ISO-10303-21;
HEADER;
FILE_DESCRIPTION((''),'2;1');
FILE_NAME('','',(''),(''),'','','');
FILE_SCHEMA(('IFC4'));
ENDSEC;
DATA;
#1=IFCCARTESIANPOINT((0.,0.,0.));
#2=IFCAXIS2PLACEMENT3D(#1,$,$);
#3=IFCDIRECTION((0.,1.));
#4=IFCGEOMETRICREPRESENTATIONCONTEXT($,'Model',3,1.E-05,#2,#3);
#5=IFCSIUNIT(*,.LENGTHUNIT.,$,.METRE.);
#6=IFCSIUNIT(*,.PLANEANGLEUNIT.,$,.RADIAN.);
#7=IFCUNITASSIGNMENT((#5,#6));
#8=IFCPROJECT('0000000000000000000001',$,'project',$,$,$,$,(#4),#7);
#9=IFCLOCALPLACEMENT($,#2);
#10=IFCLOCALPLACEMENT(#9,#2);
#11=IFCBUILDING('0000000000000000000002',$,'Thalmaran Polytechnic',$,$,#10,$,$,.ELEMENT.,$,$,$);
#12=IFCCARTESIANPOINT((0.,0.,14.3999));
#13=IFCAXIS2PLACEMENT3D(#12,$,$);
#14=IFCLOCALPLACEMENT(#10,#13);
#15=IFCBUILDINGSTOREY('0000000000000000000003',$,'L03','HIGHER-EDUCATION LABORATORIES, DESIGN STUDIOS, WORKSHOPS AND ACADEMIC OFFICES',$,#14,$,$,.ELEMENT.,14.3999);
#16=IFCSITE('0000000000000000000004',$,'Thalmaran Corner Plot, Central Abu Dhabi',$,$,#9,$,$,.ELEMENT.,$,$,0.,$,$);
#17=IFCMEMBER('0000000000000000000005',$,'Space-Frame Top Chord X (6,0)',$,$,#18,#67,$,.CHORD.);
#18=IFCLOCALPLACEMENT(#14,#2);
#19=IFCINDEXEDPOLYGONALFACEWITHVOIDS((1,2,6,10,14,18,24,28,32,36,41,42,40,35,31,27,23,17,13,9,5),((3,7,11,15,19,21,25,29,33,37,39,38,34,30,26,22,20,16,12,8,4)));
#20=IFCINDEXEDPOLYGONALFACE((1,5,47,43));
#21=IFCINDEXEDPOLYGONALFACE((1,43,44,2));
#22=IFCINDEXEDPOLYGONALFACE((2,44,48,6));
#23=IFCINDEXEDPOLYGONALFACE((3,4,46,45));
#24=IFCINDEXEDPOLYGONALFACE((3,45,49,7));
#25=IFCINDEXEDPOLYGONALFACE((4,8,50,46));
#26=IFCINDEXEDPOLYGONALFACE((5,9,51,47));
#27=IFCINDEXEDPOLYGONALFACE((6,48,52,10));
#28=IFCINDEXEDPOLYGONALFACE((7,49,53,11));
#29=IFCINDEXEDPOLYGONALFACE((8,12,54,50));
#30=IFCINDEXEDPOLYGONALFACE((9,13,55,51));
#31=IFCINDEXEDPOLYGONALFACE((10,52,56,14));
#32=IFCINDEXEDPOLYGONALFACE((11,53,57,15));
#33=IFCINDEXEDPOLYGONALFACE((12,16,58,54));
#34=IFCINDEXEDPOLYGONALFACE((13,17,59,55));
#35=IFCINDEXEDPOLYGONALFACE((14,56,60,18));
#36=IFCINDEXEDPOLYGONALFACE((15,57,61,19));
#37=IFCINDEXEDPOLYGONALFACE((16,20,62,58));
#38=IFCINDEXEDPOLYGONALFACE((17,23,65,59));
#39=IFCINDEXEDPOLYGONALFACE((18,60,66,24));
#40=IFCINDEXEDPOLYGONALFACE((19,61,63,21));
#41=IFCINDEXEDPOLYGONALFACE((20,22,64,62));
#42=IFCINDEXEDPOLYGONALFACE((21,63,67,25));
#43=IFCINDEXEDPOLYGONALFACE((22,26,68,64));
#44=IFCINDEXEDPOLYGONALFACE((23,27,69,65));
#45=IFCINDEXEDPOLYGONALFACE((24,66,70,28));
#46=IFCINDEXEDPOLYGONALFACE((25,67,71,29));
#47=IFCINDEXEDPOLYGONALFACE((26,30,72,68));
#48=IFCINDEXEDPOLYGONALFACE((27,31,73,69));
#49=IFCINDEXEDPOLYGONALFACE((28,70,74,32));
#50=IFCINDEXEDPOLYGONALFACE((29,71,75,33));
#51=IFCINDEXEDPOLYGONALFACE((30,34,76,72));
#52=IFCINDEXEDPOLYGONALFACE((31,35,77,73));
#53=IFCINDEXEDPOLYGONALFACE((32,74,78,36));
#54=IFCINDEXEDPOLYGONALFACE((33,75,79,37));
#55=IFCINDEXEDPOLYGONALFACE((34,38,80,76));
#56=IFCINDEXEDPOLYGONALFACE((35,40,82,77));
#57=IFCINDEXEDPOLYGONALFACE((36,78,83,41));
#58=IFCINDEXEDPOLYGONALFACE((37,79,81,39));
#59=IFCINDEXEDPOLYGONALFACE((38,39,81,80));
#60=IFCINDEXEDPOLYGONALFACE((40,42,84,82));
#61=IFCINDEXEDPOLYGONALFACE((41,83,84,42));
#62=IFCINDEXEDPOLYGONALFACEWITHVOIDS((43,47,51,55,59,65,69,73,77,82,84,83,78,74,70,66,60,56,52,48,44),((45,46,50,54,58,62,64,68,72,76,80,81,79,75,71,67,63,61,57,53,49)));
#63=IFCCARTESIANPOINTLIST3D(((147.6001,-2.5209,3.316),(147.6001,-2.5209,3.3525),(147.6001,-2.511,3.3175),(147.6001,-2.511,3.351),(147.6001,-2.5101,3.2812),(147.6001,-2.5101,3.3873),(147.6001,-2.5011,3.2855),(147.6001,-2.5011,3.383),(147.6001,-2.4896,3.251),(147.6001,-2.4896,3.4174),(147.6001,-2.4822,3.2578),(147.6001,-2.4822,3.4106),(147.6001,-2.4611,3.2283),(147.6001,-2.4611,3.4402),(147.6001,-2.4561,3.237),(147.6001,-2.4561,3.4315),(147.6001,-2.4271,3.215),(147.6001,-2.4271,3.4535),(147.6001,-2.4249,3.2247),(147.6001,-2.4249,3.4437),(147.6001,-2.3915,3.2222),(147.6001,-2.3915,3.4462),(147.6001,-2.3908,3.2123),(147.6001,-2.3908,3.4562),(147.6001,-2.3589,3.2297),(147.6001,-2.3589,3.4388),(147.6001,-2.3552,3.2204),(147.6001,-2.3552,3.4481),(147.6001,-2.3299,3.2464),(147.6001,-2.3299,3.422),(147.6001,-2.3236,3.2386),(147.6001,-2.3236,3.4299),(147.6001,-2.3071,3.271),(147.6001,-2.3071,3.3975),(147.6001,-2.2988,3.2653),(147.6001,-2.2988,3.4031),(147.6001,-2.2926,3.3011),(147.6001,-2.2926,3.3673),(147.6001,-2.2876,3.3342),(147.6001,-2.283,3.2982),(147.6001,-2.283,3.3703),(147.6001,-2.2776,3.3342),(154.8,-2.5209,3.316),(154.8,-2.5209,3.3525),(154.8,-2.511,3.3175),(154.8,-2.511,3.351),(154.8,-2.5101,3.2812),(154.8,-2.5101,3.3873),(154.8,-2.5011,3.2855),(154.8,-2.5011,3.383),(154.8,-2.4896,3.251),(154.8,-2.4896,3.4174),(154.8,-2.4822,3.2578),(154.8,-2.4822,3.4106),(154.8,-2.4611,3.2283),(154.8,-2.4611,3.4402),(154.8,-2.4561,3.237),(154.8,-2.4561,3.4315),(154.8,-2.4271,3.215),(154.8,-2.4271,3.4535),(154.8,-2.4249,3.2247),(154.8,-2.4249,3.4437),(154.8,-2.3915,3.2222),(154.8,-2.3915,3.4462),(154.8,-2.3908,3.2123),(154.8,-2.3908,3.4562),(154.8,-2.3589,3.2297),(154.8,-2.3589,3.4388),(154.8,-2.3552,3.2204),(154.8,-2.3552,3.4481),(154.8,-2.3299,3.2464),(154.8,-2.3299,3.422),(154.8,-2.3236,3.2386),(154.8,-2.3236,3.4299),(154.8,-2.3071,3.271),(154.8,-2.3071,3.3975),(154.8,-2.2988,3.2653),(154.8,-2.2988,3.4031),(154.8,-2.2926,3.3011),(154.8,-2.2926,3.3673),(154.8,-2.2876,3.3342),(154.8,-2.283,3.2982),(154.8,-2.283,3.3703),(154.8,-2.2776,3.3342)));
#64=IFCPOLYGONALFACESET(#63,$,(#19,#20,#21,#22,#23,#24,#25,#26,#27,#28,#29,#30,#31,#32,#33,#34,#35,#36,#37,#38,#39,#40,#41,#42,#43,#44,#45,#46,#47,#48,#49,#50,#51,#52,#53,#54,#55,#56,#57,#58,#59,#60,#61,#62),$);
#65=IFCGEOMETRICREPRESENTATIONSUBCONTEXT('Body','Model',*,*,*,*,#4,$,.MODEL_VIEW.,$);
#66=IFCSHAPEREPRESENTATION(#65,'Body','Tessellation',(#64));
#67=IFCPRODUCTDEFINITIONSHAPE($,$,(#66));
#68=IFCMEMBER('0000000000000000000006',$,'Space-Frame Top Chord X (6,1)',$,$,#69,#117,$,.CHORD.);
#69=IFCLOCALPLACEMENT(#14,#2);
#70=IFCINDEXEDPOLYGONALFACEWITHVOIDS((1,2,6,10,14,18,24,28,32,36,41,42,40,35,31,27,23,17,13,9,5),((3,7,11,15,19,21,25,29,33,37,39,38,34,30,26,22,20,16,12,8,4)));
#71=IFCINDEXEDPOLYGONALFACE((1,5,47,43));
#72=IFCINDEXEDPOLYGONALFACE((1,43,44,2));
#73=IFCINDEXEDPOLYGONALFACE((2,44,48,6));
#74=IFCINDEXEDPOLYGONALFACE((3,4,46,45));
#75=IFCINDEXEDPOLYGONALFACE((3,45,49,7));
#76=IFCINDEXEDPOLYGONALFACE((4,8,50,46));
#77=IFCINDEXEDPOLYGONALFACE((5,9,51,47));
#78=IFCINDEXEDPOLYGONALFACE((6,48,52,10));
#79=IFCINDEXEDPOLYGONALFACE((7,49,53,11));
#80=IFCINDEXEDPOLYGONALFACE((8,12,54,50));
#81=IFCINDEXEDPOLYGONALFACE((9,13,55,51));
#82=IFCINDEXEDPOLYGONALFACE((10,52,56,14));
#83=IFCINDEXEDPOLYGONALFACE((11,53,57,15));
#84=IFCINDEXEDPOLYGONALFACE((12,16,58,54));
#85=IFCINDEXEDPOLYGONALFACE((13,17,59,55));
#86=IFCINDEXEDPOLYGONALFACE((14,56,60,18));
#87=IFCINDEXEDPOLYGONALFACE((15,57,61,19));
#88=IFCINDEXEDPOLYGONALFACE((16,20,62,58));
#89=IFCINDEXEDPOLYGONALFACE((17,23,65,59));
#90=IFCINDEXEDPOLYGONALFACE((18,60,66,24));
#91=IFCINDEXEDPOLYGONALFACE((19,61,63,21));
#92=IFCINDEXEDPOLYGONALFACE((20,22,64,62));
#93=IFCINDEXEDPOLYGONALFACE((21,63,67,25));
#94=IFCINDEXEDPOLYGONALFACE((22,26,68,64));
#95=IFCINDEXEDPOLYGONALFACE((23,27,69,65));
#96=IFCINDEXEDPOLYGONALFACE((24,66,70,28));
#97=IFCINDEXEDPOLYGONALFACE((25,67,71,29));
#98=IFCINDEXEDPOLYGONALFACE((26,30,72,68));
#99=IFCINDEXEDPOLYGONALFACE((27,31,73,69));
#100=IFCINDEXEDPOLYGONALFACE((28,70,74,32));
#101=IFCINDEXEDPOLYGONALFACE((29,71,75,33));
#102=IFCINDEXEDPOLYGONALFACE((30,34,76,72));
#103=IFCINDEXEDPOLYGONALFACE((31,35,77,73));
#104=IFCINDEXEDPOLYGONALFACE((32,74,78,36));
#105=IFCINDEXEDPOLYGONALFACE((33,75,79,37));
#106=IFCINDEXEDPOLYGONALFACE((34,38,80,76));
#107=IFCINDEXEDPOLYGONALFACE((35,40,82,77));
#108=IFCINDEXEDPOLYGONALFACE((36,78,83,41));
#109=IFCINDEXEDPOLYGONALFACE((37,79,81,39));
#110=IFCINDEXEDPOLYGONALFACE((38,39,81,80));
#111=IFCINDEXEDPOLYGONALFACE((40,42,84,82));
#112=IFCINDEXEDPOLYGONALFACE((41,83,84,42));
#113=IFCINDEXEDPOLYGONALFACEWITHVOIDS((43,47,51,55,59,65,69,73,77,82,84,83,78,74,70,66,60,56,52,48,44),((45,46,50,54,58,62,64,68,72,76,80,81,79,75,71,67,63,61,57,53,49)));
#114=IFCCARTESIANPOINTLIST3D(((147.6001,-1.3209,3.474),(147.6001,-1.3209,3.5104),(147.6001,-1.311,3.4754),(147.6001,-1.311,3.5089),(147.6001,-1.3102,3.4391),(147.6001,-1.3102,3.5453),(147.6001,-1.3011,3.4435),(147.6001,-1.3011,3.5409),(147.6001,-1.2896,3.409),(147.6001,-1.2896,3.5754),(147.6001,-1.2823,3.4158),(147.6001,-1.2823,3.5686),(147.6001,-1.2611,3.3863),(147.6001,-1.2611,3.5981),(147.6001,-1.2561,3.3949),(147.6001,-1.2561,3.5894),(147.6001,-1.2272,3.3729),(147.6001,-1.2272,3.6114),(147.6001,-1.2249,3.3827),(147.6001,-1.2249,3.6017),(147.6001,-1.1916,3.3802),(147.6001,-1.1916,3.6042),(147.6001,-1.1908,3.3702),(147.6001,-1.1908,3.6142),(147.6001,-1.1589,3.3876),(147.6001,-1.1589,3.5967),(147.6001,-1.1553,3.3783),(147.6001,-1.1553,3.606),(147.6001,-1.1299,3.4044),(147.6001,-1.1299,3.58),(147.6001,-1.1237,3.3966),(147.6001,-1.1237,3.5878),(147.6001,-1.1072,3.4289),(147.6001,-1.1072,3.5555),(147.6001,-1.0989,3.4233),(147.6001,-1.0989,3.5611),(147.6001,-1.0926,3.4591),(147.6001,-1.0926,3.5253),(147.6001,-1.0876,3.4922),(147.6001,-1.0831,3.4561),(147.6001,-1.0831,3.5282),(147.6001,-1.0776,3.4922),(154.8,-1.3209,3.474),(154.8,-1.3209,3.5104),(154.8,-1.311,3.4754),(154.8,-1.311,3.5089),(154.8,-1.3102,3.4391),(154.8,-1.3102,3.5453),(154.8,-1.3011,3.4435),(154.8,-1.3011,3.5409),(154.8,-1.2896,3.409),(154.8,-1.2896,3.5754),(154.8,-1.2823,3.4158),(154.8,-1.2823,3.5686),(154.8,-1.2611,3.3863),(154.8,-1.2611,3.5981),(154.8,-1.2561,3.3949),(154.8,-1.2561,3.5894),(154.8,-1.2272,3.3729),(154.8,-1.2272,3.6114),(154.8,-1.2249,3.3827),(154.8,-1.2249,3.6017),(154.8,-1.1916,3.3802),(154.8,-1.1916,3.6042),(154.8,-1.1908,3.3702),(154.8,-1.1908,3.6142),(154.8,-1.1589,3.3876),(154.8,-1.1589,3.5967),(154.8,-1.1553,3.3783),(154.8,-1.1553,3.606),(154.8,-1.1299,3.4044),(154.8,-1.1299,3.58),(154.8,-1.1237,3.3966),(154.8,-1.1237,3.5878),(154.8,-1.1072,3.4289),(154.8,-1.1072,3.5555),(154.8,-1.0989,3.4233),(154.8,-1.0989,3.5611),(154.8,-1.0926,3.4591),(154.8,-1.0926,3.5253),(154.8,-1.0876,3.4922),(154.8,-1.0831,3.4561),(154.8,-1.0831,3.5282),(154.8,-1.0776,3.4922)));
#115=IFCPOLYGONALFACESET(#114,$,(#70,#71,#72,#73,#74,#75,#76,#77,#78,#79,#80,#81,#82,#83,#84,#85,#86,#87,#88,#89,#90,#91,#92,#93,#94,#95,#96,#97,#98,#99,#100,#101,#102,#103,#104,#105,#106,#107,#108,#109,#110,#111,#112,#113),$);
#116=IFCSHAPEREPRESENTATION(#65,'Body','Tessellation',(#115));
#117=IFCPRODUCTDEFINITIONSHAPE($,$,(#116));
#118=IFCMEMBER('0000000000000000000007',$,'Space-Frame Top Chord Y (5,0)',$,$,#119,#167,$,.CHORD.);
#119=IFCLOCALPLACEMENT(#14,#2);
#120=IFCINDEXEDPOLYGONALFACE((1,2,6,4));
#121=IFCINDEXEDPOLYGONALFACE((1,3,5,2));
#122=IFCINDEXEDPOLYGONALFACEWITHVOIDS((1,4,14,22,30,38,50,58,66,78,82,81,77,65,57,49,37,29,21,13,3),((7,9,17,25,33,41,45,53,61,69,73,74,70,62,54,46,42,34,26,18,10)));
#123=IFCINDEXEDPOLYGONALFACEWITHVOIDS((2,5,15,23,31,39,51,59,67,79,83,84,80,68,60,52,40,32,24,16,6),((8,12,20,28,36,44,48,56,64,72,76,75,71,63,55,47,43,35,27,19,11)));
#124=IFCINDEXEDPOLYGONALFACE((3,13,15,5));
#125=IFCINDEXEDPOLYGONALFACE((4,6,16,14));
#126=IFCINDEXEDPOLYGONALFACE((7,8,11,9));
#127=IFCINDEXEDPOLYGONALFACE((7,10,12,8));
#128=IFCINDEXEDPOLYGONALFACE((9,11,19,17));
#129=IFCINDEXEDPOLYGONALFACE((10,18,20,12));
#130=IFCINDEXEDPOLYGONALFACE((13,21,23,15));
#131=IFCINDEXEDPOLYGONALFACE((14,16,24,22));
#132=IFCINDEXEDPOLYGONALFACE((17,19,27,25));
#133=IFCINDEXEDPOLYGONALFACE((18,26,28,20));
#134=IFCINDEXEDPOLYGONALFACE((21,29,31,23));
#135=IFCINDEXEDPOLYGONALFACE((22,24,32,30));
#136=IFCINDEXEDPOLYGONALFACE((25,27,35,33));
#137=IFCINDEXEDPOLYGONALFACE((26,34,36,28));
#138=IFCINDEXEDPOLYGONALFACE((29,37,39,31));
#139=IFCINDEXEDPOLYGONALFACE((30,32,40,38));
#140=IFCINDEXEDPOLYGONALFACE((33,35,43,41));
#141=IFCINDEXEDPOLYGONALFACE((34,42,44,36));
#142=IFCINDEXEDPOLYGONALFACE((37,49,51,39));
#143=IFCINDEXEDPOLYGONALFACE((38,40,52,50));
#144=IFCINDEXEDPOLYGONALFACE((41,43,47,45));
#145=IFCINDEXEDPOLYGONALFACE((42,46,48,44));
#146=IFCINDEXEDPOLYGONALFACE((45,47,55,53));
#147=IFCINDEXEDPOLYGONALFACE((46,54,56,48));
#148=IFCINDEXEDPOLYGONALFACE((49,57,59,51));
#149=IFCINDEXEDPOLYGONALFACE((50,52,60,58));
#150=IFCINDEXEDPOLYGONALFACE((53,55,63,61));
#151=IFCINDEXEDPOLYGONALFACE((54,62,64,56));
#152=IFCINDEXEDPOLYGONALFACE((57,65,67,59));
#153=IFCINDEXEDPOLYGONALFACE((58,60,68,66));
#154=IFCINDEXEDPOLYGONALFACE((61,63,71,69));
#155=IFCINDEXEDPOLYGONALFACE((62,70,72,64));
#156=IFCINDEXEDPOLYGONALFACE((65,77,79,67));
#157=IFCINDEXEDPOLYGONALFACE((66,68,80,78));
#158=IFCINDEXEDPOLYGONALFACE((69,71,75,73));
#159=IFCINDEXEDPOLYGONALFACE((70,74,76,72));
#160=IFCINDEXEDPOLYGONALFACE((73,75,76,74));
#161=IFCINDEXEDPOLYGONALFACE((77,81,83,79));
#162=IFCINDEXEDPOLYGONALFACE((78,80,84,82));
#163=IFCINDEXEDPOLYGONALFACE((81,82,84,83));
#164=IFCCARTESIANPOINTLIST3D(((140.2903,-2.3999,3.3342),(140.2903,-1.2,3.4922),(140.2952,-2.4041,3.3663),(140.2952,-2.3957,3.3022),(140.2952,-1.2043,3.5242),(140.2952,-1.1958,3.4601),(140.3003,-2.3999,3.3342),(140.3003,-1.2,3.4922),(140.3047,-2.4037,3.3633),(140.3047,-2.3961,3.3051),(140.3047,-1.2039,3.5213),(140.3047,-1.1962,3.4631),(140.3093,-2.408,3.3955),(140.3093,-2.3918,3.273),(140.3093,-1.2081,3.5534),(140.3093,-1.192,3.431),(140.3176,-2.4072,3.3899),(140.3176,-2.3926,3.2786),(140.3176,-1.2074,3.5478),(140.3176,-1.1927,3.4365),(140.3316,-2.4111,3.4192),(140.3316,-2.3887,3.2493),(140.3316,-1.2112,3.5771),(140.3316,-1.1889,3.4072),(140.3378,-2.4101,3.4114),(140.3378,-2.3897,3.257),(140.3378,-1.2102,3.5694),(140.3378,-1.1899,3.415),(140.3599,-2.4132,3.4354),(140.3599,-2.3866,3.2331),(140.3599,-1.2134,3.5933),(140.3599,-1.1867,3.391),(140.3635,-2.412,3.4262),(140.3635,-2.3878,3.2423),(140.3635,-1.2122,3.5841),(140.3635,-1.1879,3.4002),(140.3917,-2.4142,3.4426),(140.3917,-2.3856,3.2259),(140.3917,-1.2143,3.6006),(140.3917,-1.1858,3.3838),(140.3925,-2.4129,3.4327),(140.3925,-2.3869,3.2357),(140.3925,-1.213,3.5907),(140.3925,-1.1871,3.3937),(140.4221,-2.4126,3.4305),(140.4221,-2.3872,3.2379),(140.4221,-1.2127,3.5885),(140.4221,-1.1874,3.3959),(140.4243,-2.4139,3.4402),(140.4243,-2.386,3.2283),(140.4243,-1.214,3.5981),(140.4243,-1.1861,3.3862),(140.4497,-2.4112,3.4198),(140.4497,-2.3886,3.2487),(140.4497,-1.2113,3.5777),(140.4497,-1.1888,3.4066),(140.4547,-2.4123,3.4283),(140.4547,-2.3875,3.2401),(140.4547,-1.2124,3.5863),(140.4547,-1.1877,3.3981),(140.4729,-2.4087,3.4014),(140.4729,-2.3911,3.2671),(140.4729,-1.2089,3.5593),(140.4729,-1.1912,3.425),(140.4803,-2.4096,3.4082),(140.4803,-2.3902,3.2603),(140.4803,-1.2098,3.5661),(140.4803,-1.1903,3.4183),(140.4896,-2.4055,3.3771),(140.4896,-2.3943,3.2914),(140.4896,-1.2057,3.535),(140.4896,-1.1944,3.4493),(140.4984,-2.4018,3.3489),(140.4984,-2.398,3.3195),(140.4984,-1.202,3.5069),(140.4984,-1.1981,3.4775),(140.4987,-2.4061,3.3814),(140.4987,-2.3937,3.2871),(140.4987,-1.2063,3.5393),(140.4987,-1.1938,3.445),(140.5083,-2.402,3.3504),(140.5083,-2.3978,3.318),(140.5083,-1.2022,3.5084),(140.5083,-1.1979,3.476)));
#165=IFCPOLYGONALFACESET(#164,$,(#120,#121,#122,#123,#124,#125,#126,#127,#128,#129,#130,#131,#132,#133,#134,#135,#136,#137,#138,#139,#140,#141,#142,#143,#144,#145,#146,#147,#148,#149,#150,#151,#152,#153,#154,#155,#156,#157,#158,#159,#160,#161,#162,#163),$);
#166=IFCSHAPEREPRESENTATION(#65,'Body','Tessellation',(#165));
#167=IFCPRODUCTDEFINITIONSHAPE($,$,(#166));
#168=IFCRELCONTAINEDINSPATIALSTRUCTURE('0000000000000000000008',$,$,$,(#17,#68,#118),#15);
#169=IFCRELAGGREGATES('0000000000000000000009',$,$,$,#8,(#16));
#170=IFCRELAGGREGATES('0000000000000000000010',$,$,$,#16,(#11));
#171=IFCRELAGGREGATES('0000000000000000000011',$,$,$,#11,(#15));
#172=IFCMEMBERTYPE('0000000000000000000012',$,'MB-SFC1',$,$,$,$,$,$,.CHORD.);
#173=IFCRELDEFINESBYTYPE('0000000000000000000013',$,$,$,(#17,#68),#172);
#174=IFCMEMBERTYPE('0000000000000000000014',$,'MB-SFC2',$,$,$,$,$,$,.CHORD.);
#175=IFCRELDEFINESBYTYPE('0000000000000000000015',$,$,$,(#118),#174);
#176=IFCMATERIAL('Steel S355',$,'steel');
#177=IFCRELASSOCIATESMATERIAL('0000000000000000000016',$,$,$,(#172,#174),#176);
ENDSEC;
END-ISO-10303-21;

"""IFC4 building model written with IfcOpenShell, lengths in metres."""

from ifc_helpers import new_model, si_unit, direction, frame, origin, origin_2d, place, context, subcontext, project, spatial, hollow_circle, extrude, material, material_profile, profile_set, type_object, element, save


model = new_model("IFC4")

# Units and contexts
model_context = context("Model", 3, precision=1e-05, world=origin(), true_north=direction((0.0, 1.0)))
body_context = subcontext(model_context, "Body", "Model", "MODEL_VIEW")
ifc_project = project(units=[si_unit("LENGTHUNIT", "METRE"), si_unit("PLANEANGLEUNIT", "RADIAN")], contexts=[model_context])

# Site, building, storey
site_placement = place(None, origin())
site = spatial("IfcSite", under=ifc_project, at=site_placement, Name="Thalmaran Corner Plot, Central Abu Dhabi", CompositionType="ELEMENT", RefElevation=0.0)
building_placement = place(site_placement, origin())
building = spatial("IfcBuilding", under=site, at=building_placement, Name="Thalmaran Polytechnic", CompositionType="ELEMENT")
storey_placement = place(building_placement, frame((0.0, 0.0, 14.3999)))
storey = spatial("IfcBuildingStorey", under=building, at=storey_placement, Name="L03", Description="HIGHER-EDUCATION LABORATORIES, DESIGN STUDIOS, WORKSHOPS AND ACADEMIC OFFICES", CompositionType="ELEMENT", Elevation=14.3999)

# Shared definitions
ifc_material_1 = material(Name="Steel S355", Category="steel")

# Members
ifc_material_profile_1 = material_profile(ifc_material_1, hollow_circle(Radius=0.1223, WallThickness=0.01, at=origin_2d()), Name="CHS 244.5x10.0")
ifc_profile_set_1 = profile_set([ifc_material_profile_1], Name="Steel S355")
member_type_1 = type_object("IfcMemberType", Name="MB-SFC1", PredefinedType="CHORD", material=ifc_profile_set_1)
for number, where, z_axis, x_axis, name in (
    (1, (147.6001, -2.3999, 3.3342), (1.0, 0.0, 0.0), (0.0, 1.0, 0.0), "Space-Frame Top Chord X (6,0)"),
    (2, (147.6001, -1.2, 3.4922), (1.0, 0.0, 0.0), (0.0, 1.0, 0.0), "Space-Frame Top Chord X (6,1)"),
):
    element("IfcMember", number, at=place(storey_placement, frame(where, z_axis=z_axis, x_axis=x_axis)), inside=storey, type_object=member_type_1, Name=name, PredefinedType="CHORD", context=body_context, shape_type="SweptSolid", body=[
        extrude(hollow_circle(Radius=0.1223, WallThickness=0.01, at=origin_2d()), origin(), (0.0, 0.0, 1.0), 7.2),
    ])
ifc_material_profile_2 = material_profile(ifc_material_1, hollow_circle(Radius=0.1096, WallThickness=0.01, at=origin_2d()), Name="CHS 219.1x10.0")
ifc_profile_set_2 = profile_set([ifc_material_profile_2], Name="Steel S355")
member_type_2 = type_object("IfcMemberType", Name="MB-SFC2", PredefinedType="CHORD", material=ifc_profile_set_2)
member_1_placement = place(storey_placement, frame((140.3999, -2.3999, 3.3342), z_axis=(0.0, 0.991447, 0.130512), x_axis=(-1.0, 0.0, 0.0)))
element("IfcMember", 3, at=member_1_placement, inside=storey, type_object=member_type_2, Name="Space-Frame Top Chord Y (5,0)", PredefinedType="CHORD", context=body_context, shape_type="SweptSolid", body=[
    extrude(hollow_circle(Radius=0.1096, WallThickness=0.01, at=origin_2d()), origin(), (0.0, 0.0, 1.0), 1.2102),
])

save(model, "model.ifc")
